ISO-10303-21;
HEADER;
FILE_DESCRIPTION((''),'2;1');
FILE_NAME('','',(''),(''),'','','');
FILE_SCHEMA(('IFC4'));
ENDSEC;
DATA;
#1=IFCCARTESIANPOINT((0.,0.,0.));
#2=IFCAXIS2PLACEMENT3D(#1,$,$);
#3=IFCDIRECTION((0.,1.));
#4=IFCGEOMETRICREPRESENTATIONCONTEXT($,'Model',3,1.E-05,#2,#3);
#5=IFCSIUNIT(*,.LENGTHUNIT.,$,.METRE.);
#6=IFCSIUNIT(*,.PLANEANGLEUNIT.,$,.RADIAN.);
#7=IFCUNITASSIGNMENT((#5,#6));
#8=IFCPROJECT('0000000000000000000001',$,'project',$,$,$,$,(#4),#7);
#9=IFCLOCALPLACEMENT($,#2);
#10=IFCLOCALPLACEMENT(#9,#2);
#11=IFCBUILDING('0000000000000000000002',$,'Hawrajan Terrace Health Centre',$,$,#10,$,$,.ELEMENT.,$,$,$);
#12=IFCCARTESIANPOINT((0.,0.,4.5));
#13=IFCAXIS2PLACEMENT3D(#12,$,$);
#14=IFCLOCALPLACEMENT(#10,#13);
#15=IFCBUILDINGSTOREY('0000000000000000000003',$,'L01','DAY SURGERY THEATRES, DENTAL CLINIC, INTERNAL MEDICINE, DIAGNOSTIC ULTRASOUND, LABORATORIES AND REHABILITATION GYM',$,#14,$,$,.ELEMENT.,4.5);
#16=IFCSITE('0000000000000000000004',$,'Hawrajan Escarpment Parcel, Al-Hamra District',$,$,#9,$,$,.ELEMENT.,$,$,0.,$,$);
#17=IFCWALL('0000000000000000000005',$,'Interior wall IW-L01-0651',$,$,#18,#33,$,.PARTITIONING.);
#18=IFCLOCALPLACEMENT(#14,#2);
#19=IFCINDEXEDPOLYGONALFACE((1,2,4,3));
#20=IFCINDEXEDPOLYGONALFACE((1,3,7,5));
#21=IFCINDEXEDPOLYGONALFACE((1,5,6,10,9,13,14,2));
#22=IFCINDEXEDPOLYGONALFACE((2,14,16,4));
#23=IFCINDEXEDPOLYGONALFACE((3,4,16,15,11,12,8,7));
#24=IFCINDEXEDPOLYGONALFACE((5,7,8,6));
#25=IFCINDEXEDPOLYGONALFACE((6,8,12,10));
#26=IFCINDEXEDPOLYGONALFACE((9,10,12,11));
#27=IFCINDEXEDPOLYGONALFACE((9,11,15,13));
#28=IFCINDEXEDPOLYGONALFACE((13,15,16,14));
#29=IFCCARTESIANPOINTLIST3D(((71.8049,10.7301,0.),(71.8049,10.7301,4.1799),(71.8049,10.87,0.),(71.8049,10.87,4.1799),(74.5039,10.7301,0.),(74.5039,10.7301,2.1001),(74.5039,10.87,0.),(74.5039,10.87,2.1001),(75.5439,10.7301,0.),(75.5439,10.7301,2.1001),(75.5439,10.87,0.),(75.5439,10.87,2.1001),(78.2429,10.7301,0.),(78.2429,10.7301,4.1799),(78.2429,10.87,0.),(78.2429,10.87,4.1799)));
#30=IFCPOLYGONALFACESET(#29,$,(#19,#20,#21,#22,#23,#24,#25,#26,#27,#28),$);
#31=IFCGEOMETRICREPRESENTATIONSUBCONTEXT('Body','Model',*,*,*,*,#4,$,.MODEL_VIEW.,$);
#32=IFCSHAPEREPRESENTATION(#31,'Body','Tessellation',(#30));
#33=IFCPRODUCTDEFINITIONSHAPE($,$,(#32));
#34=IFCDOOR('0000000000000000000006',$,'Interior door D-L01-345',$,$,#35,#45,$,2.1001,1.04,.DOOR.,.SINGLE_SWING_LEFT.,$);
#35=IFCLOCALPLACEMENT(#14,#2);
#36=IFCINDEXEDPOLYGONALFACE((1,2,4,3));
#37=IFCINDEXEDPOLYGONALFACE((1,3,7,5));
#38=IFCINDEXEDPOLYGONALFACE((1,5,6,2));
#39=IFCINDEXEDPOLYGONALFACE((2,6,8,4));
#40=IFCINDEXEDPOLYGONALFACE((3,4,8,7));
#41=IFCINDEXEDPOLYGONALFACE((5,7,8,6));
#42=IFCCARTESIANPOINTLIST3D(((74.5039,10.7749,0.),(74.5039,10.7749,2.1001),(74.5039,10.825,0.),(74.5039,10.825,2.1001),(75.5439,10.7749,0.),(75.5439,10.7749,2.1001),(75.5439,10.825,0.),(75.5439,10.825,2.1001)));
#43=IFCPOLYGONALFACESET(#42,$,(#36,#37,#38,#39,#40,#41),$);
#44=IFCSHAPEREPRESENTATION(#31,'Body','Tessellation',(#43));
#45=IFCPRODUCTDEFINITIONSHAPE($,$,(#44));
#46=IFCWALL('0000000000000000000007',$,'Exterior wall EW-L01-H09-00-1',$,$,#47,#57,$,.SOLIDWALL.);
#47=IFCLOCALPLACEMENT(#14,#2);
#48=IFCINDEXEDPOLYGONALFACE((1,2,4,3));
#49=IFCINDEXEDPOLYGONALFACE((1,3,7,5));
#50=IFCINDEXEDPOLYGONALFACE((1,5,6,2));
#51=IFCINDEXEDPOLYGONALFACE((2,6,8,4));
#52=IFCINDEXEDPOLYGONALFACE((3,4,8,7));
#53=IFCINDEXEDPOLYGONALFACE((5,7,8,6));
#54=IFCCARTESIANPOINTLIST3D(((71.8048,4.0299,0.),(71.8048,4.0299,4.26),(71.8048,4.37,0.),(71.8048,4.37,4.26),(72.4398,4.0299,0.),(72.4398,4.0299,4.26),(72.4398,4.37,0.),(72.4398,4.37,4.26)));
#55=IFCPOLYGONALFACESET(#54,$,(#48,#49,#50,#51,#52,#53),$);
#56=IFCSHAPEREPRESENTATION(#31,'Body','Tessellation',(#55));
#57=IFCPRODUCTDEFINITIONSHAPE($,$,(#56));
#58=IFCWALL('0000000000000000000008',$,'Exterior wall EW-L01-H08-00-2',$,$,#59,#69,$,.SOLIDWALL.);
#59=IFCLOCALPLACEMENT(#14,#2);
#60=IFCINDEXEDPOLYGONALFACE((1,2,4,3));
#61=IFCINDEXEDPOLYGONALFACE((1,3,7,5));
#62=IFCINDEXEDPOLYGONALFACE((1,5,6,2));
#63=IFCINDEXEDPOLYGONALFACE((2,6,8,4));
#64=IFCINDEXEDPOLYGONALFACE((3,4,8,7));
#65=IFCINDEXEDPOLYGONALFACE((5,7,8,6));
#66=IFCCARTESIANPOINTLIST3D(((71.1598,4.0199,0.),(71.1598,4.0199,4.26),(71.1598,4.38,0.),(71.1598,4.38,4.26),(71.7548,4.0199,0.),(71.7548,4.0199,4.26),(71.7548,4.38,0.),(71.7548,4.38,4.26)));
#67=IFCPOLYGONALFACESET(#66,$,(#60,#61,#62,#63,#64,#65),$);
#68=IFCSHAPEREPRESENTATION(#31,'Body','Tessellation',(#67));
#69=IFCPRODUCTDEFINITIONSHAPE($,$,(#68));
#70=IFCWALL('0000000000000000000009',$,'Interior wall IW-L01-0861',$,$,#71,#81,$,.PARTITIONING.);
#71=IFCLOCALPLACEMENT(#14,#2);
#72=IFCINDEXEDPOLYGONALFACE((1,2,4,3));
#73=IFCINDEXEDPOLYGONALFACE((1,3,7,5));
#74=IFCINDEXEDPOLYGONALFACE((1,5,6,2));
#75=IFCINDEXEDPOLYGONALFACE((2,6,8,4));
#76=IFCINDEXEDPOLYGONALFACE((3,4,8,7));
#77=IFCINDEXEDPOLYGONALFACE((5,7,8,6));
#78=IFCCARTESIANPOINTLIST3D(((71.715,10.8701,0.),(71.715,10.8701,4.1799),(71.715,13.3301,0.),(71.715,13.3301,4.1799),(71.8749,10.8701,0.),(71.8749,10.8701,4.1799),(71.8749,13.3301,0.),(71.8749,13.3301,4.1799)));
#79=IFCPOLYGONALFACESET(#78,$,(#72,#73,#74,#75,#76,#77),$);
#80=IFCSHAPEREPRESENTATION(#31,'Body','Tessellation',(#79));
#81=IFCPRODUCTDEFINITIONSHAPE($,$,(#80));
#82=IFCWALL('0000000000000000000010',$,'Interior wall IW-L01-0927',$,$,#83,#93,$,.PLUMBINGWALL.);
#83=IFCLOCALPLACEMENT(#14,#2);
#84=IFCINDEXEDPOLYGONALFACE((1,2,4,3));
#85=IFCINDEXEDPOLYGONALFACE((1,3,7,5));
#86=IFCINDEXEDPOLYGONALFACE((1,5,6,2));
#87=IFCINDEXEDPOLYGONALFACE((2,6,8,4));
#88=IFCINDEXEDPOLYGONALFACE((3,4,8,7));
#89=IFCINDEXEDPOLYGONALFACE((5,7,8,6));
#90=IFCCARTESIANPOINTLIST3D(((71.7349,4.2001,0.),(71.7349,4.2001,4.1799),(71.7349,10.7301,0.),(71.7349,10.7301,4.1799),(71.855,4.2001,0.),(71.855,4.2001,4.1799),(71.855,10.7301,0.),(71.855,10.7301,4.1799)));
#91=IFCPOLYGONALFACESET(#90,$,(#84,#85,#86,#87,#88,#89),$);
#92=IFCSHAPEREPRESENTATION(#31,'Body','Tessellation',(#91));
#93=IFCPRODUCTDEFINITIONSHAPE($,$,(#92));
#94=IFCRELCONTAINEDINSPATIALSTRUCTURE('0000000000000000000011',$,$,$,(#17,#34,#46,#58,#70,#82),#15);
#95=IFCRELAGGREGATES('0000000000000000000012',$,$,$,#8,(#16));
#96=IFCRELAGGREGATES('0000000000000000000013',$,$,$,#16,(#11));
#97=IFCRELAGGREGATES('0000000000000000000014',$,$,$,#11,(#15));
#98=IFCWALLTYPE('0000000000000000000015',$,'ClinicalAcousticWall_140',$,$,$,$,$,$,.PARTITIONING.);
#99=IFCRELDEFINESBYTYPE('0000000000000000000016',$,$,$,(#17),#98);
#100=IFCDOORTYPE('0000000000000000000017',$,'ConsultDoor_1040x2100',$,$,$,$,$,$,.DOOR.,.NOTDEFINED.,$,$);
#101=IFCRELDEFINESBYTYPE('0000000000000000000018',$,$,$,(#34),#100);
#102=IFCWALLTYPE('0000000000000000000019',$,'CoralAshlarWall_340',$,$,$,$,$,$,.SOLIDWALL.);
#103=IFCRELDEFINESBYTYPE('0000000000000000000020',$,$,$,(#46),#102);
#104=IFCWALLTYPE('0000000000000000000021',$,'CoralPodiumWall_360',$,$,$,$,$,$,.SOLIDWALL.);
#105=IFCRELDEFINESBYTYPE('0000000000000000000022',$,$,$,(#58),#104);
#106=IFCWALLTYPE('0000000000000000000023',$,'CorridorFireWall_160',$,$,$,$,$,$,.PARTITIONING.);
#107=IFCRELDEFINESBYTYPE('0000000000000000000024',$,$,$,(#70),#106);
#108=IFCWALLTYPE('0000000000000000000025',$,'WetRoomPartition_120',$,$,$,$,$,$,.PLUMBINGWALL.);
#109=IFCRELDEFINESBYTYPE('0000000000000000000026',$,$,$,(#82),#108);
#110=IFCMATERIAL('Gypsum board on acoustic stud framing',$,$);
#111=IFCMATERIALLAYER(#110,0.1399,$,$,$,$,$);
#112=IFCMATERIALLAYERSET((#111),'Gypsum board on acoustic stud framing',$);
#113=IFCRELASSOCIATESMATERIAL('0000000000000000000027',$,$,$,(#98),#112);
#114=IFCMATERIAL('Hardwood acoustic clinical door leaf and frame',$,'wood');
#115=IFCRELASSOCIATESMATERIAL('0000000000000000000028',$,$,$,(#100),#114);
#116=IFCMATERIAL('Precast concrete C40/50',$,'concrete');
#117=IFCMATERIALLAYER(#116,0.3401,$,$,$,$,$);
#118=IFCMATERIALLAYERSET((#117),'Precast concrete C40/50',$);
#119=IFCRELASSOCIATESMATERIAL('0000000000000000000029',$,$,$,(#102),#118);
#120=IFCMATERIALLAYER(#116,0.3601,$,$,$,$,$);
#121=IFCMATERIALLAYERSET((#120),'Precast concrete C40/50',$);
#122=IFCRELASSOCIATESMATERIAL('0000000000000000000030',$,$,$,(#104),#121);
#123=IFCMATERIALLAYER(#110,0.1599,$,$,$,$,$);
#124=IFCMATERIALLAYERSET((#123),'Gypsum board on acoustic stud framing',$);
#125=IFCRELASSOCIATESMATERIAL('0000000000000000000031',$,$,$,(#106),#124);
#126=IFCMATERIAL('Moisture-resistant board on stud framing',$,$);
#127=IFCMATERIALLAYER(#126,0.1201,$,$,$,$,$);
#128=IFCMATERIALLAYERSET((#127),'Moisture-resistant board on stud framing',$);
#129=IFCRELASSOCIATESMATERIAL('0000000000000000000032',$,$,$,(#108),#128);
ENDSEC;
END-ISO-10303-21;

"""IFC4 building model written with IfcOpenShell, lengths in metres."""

from ifc_helpers import new_model, si_unit, direction, frame, frame_2d, origin, place, context, subcontext, project, spatial, rectangle, extrude, material, layer, layer_set, type_object, element, fill, save


model = new_model("IFC4")

# Units and contexts
model_context = context("Model", 3, precision=1e-05, world=origin(), true_north=direction((0.0, 1.0)))
body_context = subcontext(model_context, "Body", "Model", "MODEL_VIEW")
ifc_project = project(units=[si_unit("LENGTHUNIT", "METRE"), si_unit("PLANEANGLEUNIT", "RADIAN")], contexts=[model_context])

# Site, building, storey
site_placement = place(None, origin())
site = spatial("IfcSite", under=ifc_project, at=site_placement, Name="Hawrajan Escarpment Parcel, Al-Hamra District", CompositionType="ELEMENT", RefElevation=0.0)
building_placement = place(site_placement, origin())
building = spatial("IfcBuilding", under=site, at=building_placement, Name="Hawrajan Terrace Health Centre", CompositionType="ELEMENT")
storey_placement = place(building_placement, frame((0.0, 0.0, 4.5)))
storey = spatial("IfcBuildingStorey", under=building, at=storey_placement, Name="L01", Description="DAY SURGERY THEATRES, DENTAL CLINIC, INTERNAL MEDICINE, DIAGNOSTIC ULTRASOUND, LABORATORIES AND REHABILITATION GYM", CompositionType="ELEMENT", Elevation=4.5)

# Wall, opening, door
ifc_material_1 = material(Name="Gypsum board on acoustic stud framing")
ifc_layer_1 = layer(ifc_material_1, 0.1399)
ifc_layer_set_1 = layer_set([ifc_layer_1], Name="Gypsum board on acoustic stud framing")
wall_type_1 = type_object("IfcWallType", Name="ClinicalAcousticWall_140", PredefinedType="PARTITIONING", material=ifc_layer_set_1)
wall_1_placement = place(storey_placement, frame((71.8049, 10.8, 0.0), z_axis=(0.0, 0.0, 1.0), x_axis=(1.0, 0.0, 0.0)))
wall_1 = element("IfcWall", 1, at=wall_1_placement, inside=storey, type_object=wall_type_1, Name="Interior wall IW-L01-0651", PredefinedType="PARTITIONING", context=body_context, shape_type="SweptSolid", body=[
    extrude(rectangle(XDim=6.438, YDim=0.1399, at=frame_2d((3.219, 0.0))), origin(), (0.0, 0.0, 1.0), 4.1799),
])
opening_placement = place(wall_1_placement, frame((2.699, 0.0, 0.0)))
opening = element("IfcOpeningElement", 2, at=opening_placement, cuts=wall_1, PredefinedType="OPENING", context=body_context, shape_type="SweptSolid", body=[
    extrude(rectangle(XDim=1.04, YDim=2.1001, at=frame_2d((0.52, 1.05))), frame((0.0, 0.0798, 0.0), z_axis=(0.0, -1.0, 0.0), x_axis=(1.0, 0.0, 0.0)), (0.0, 0.0, 1.0), 0.1599),
])
ifc_material_2 = material(Name="Hardwood acoustic clinical door leaf and frame", Category="wood")
door_type = type_object("IfcDoorType", Name="ConsultDoor_1040x2100", OperationType="NOTDEFINED", PredefinedType="DOOR", material=ifc_material_2)
door_placement = place(opening_placement, origin())
door = element("IfcDoor", 3, at=door_placement, inside=storey, type_object=door_type, Name="Interior door D-L01-345", OperationType="SINGLE_SWING_LEFT", OverallHeight=2.1001, OverallWidth=1.04, PredefinedType="DOOR", context=body_context, shape_type="SweptSolid", body=[
    extrude(rectangle(XDim=1.04, YDim=2.1001, at=frame_2d((0.52, 1.05))), frame((0.0, 0.0249, 0.0), z_axis=(0.0, -1.0, 0.0), x_axis=(1.0, 0.0, 0.0)), (0.0, 0.0, 1.0), 0.05),
])
fill(opening, door)

# Walls
ifc_material_3 = material(Name="Precast concrete C40/50", Category="concrete")
ifc_layer_2 = layer(ifc_material_3, 0.3401)
ifc_layer_set_2 = layer_set([ifc_layer_2], Name="Precast concrete C40/50")
wall_type_2 = type_object("IfcWallType", Name="CoralAshlarWall_340", PredefinedType="SOLIDWALL", material=ifc_layer_set_2)
wall_2_placement = place(storey_placement, frame((71.8049, 4.2, 0.0), z_axis=(0.0, 0.0, 1.0), x_axis=(1.0, 0.0, 0.0)))
element("IfcWall", 4, at=wall_2_placement, inside=storey, type_object=wall_type_2, Name="Exterior wall EW-L01-H09-00-1", PredefinedType="SOLIDWALL", context=body_context, shape_type="SweptSolid", body=[
    extrude(rectangle(XDim=0.635, YDim=0.3401, at=frame_2d((0.3174, 0.0))), origin(), (0.0, 0.0, 1.0), 4.26),
])
ifc_layer_3 = layer(ifc_material_3, 0.3601)
ifc_layer_set_3 = layer_set([ifc_layer_3], Name="Precast concrete C40/50")
wall_type_3 = type_object("IfcWallType", Name="CoralPodiumWall_360", PredefinedType="SOLIDWALL", material=ifc_layer_set_3)
wall_3_placement = place(storey_placement, frame((71.1599, 4.2, 0.0), z_axis=(0.0, 0.0, 1.0), x_axis=(1.0, 0.0, 0.0)))
element("IfcWall", 5, at=wall_3_placement, inside=storey, type_object=wall_type_3, Name="Exterior wall EW-L01-H08-00-2", PredefinedType="SOLIDWALL", context=body_context, shape_type="SweptSolid", body=[
    extrude(rectangle(XDim=0.595, YDim=0.3601, at=frame_2d((0.2974, 0.0))), origin(), (0.0, 0.0, 1.0), 4.26),
])
ifc_layer_4 = layer(ifc_material_1, 0.1599)
ifc_layer_set_4 = layer_set([ifc_layer_4], Name="Gypsum board on acoustic stud framing")
wall_type_4 = type_object("IfcWallType", Name="CorridorFireWall_160", PredefinedType="PARTITIONING", material=ifc_layer_set_4)
wall_4_placement = place(storey_placement, frame((71.7949, 10.8701, 0.0), z_axis=(0.0, 0.0, 1.0), x_axis=(0.0, 1.0, 0.0)))
element("IfcWall", 6, at=wall_4_placement, inside=storey, type_object=wall_type_4, Name="Interior wall IW-L01-0861", PredefinedType="PARTITIONING", context=body_context, shape_type="SweptSolid", body=[
    extrude(rectangle(XDim=2.46, YDim=0.1599, at=frame_2d((1.23, 0.0))), origin(), (0.0, 0.0, 1.0), 4.1799),
])
ifc_material_4 = material(Name="Moisture-resistant board on stud framing")
ifc_layer_5 = layer(ifc_material_4, 0.1201)
ifc_layer_set_5 = layer_set([ifc_layer_5], Name="Moisture-resistant board on stud framing")
wall_type_5 = type_object("IfcWallType", Name="WetRoomPartition_120", PredefinedType="PLUMBINGWALL", material=ifc_layer_set_5)
wall_5_placement = place(storey_placement, frame((71.7949, 4.2, 0.0), z_axis=(0.0, 0.0, 1.0), x_axis=(0.0, 1.0, 0.0)))
element("IfcWall", 7, at=wall_5_placement, inside=storey, type_object=wall_type_5, Name="Interior wall IW-L01-0927", PredefinedType="PLUMBINGWALL", context=body_context, shape_type="SweptSolid", body=[
    extrude(rectangle(XDim=6.53, YDim=0.1201, at=frame_2d((3.2651, 0.0))), origin(), (0.0, 0.0, 1.0), 4.1799),
])

save(model, "model.ifc")
